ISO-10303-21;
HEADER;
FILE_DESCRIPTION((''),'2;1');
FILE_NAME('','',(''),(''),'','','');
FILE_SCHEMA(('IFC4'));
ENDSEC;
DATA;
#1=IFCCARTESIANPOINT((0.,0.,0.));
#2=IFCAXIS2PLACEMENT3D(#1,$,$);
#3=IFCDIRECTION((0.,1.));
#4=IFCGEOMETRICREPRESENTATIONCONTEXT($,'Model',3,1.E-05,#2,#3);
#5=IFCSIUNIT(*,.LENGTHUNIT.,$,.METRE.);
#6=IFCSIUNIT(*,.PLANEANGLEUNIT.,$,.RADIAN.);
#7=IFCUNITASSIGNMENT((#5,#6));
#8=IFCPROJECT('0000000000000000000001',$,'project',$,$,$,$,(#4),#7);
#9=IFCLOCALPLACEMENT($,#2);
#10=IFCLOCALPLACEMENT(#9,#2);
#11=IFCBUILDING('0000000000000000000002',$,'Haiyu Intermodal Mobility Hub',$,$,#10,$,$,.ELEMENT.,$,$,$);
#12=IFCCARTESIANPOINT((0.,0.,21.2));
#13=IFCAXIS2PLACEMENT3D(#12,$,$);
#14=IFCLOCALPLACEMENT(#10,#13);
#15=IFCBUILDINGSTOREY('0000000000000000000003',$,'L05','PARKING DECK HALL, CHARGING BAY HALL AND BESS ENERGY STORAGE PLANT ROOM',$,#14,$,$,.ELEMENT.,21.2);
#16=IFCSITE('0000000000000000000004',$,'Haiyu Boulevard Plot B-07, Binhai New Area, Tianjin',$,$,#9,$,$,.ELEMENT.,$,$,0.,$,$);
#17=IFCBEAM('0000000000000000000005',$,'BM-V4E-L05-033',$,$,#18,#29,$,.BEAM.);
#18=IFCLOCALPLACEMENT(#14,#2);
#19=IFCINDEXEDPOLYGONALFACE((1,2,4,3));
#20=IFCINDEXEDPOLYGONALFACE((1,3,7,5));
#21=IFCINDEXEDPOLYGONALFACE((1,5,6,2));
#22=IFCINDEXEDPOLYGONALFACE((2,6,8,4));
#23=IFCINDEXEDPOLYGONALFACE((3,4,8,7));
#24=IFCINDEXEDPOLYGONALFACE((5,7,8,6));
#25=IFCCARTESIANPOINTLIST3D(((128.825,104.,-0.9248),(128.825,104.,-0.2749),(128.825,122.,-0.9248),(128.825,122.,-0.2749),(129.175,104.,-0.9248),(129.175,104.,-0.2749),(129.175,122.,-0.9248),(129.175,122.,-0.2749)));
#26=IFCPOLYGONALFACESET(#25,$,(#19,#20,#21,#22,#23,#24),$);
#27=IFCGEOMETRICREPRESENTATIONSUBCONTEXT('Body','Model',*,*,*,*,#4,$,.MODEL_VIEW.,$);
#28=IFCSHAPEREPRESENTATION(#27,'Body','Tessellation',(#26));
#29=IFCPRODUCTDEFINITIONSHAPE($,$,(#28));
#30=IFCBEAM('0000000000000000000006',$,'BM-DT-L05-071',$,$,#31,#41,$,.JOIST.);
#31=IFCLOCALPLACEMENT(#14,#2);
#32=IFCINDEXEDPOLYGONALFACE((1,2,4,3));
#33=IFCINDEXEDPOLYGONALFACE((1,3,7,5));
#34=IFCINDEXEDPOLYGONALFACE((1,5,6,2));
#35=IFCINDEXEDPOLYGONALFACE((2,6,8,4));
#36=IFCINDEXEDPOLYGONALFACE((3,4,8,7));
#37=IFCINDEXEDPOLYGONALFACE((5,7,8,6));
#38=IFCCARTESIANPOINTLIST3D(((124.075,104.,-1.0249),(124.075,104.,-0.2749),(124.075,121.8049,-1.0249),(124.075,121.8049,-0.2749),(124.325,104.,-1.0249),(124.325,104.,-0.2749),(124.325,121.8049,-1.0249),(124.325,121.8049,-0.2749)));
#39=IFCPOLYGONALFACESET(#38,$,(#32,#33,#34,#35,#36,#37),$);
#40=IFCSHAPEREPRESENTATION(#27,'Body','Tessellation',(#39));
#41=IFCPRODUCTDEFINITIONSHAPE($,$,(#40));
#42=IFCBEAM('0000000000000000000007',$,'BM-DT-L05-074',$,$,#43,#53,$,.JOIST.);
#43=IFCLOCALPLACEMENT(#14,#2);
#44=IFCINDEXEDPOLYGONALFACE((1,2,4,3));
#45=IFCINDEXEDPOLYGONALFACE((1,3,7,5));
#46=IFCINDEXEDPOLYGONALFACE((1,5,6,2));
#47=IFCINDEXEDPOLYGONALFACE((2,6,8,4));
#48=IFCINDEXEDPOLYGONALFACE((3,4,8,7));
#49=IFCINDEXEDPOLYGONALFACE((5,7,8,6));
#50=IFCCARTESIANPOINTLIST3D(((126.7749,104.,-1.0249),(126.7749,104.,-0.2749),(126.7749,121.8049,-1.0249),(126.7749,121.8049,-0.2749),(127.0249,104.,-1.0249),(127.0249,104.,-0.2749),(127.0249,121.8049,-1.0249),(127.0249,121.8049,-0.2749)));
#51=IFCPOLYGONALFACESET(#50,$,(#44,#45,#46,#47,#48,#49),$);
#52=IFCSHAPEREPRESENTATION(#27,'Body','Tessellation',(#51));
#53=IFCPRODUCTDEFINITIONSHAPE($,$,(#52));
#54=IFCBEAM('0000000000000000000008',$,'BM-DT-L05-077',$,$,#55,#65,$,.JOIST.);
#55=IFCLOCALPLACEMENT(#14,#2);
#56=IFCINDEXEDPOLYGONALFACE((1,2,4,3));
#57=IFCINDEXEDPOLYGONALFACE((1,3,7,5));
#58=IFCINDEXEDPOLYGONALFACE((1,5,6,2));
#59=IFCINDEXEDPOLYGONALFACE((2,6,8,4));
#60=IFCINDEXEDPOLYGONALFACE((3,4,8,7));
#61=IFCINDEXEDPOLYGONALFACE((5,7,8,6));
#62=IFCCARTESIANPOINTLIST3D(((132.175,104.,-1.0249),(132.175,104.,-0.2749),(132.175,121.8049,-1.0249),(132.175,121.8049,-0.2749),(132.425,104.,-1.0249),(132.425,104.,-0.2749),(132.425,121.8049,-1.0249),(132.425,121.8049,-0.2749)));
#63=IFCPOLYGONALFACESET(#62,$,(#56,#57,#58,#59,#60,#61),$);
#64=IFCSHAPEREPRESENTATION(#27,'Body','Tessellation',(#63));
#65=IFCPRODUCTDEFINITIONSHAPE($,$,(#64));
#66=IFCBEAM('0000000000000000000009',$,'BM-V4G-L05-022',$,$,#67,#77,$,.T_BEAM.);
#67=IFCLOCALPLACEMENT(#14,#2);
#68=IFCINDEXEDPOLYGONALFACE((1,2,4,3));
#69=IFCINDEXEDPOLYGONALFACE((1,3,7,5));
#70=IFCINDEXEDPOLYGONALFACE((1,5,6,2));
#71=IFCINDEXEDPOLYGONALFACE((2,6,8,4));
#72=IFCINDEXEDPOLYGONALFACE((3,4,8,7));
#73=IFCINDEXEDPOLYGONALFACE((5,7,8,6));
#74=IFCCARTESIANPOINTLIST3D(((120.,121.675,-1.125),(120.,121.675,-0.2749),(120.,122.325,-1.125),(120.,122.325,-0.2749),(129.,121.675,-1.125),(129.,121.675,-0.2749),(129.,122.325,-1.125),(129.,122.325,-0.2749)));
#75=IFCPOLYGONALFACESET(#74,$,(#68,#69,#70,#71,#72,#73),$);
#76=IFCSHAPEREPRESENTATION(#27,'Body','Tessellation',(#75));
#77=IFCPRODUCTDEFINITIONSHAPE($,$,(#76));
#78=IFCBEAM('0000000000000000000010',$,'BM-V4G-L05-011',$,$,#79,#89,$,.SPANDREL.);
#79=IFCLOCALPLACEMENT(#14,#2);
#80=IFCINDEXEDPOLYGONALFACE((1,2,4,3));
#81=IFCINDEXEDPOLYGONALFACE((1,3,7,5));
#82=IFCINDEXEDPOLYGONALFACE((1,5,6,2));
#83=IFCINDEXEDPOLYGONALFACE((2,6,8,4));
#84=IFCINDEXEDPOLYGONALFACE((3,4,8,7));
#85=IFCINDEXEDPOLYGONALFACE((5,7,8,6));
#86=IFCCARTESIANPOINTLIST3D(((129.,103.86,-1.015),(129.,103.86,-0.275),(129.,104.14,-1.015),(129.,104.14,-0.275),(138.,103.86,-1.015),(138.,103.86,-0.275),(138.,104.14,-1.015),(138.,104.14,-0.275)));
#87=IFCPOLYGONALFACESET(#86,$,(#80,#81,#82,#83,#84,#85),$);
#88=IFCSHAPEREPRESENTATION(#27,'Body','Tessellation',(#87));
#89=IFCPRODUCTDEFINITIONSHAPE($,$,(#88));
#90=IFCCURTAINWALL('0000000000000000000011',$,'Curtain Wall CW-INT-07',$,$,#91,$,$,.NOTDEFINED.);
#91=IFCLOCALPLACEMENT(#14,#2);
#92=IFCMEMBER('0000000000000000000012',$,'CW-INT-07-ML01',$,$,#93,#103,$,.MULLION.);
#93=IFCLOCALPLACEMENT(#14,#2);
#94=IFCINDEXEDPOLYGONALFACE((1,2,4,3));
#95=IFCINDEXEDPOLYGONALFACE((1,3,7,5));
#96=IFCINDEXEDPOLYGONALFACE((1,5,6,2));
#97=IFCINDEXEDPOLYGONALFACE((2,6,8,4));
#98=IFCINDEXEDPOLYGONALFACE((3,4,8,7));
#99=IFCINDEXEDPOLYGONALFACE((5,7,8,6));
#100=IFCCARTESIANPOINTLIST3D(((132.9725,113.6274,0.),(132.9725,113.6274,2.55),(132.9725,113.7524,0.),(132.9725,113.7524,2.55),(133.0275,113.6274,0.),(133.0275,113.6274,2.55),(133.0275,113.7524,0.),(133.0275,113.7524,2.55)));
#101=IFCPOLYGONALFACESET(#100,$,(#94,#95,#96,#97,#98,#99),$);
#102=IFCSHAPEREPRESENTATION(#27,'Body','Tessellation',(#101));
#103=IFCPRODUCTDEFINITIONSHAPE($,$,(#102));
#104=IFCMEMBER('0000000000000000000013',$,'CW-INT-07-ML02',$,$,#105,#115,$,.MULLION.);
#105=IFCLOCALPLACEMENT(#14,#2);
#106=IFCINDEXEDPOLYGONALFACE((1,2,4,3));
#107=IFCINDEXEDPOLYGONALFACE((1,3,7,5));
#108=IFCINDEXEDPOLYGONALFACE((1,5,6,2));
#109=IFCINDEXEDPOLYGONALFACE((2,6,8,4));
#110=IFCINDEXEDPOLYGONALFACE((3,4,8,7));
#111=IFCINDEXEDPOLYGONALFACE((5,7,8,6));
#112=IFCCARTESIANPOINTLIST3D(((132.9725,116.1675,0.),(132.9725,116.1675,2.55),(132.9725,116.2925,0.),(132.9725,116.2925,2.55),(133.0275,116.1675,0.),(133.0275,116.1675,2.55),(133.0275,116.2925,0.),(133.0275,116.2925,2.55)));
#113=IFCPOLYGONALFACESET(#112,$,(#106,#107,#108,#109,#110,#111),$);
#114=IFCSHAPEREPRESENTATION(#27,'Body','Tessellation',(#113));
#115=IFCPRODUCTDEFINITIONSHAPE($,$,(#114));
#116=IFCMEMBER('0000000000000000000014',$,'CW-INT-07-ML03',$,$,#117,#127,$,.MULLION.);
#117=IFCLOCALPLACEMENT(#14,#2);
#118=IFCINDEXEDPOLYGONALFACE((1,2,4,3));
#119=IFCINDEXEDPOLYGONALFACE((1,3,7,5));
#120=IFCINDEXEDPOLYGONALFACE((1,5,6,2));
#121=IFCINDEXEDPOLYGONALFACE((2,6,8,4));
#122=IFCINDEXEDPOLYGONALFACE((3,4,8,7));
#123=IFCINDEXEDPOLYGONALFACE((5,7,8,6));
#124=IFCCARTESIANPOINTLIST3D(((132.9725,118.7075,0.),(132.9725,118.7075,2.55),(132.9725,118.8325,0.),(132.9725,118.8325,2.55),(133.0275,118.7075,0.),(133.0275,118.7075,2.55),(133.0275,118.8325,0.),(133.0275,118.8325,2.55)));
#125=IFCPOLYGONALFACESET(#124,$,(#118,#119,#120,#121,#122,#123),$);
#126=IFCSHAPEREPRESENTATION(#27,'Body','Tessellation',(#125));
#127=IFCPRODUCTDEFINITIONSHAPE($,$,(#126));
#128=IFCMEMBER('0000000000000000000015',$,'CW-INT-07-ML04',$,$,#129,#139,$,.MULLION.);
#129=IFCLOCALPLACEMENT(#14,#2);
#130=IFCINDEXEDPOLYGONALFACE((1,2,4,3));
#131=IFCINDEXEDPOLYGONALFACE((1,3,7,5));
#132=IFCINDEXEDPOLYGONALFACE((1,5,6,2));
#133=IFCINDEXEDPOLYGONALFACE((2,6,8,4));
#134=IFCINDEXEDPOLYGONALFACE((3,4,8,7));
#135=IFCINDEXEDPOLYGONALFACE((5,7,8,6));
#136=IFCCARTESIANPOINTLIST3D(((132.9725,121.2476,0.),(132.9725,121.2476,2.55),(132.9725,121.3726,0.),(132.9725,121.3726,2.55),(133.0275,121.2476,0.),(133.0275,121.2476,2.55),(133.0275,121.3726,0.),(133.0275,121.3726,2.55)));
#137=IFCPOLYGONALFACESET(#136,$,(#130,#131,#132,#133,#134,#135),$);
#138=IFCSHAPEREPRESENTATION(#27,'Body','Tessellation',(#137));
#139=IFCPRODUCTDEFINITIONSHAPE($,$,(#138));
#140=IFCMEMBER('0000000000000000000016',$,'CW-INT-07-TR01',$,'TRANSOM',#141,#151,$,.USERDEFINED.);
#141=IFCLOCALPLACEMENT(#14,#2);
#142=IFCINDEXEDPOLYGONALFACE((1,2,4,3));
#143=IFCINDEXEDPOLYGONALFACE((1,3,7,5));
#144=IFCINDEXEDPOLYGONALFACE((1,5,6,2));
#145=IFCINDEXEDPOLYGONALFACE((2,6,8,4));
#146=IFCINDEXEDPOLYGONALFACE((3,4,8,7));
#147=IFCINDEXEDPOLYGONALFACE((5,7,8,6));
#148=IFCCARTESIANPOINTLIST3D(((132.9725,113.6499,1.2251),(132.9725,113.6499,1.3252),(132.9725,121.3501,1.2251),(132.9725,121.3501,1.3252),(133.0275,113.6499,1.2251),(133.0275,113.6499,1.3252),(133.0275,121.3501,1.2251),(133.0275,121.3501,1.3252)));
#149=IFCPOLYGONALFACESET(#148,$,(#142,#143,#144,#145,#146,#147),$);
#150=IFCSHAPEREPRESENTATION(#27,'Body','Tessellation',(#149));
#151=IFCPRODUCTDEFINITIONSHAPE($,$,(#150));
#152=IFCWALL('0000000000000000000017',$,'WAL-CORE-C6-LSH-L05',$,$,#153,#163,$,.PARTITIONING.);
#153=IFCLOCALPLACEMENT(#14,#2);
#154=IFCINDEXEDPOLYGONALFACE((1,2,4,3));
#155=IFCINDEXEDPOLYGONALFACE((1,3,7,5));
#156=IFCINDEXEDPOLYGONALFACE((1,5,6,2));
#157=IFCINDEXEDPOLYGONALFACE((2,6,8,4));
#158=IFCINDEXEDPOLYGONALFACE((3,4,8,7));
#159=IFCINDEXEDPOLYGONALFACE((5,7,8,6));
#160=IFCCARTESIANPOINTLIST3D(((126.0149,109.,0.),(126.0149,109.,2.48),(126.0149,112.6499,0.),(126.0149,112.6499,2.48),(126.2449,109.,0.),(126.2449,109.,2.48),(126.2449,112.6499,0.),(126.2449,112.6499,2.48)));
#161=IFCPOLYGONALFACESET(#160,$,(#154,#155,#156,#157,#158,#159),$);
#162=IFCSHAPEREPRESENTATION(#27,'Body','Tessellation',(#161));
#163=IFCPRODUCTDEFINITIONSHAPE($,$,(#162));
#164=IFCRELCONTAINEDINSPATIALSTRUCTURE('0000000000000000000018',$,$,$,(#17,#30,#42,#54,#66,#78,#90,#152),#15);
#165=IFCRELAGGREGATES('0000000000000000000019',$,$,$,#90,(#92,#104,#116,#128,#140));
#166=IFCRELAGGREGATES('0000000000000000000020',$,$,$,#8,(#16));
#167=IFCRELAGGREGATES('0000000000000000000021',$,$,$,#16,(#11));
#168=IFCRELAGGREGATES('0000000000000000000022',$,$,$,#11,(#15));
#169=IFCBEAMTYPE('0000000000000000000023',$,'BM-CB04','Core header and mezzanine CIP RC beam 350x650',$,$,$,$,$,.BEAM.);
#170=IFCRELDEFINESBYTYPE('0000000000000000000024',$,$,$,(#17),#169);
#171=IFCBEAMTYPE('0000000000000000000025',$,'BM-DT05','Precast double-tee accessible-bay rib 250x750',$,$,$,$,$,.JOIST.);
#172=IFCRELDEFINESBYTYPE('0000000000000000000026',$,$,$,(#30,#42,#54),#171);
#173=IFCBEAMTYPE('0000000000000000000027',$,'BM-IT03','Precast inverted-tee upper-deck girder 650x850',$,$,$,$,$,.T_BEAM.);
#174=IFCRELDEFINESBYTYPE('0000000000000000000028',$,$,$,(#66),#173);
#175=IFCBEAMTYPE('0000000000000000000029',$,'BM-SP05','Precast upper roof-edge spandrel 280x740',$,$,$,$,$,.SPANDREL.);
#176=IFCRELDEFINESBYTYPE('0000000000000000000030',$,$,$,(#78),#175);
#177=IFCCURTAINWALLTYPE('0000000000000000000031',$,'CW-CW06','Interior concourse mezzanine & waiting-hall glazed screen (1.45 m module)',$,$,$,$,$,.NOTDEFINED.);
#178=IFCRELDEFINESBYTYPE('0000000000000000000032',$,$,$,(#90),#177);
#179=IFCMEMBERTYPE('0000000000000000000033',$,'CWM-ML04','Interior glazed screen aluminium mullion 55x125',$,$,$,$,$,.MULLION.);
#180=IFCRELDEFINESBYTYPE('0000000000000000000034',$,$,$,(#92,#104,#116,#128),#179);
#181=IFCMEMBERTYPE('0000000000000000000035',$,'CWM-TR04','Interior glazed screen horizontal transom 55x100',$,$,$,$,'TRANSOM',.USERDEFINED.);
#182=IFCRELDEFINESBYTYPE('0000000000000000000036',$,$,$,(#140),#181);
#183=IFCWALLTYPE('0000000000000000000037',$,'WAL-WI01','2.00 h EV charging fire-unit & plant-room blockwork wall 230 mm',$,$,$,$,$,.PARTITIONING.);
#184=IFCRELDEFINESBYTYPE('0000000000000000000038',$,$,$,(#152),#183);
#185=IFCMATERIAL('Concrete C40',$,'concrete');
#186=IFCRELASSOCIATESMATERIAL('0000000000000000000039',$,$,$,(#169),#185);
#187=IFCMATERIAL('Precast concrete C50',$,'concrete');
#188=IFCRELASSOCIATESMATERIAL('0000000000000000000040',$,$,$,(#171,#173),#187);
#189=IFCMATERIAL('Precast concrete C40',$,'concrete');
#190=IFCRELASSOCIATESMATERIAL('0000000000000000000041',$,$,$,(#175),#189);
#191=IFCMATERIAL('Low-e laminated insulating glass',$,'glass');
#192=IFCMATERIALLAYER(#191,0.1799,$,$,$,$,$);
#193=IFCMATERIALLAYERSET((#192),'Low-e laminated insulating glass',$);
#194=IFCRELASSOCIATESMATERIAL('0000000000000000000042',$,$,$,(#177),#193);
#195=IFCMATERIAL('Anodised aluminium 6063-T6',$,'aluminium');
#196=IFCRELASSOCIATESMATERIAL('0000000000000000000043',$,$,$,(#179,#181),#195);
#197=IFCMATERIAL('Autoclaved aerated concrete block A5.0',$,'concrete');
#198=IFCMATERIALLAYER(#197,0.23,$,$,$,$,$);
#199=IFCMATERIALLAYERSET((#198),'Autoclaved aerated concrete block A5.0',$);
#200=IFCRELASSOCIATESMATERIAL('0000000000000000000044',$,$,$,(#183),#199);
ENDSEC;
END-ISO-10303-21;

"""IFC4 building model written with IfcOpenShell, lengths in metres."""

from ifc_helpers import new_model, si_unit, direction, frame, frame_2d, origin, origin_2d, place, context, subcontext, project, spatial, rectangle, extrude, material, layer, layer_set, material_profile, profile_set, type_object, element, aggregate, save


model = new_model("IFC4")

# Units and contexts
model_context = context("Model", 3, precision=1e-05, world=origin(), true_north=direction((0.0, 1.0)))
body_context = subcontext(model_context, "Body", "Model", "MODEL_VIEW")
ifc_project = project(units=[si_unit("LENGTHUNIT", "METRE"), si_unit("PLANEANGLEUNIT", "RADIAN")], contexts=[model_context])

# Site, building, storey
site_placement = place(None, origin())
site = spatial("IfcSite", under=ifc_project, at=site_placement, Name="Haiyu Boulevard Plot B-07, Binhai New Area, Tianjin", CompositionType="ELEMENT", RefElevation=0.0)
building_placement = place(site_placement, origin())
building = spatial("IfcBuilding", under=site, at=building_placement, Name="Haiyu Intermodal Mobility Hub", CompositionType="ELEMENT")
storey_placement = place(building_placement, frame((0.0, 0.0, 21.2)))
storey = spatial("IfcBuildingStorey", under=building, at=storey_placement, Name="L05", Description="PARKING DECK HALL, CHARGING BAY HALL AND BESS ENERGY STORAGE PLANT ROOM", CompositionType="ELEMENT", Elevation=21.2)

# Beams
ifc_material_1 = material(Name="Concrete C40", Category="concrete")
ifc_material_profile_1 = material_profile(ifc_material_1, rectangle(XDim=0.3501, YDim=0.6499, at=origin_2d()), Name="RCB350x650")
ifc_profile_set_1 = profile_set([ifc_material_profile_1], Name="Concrete C40")
beam_type_1 = type_object("IfcBeamType", Name="BM-CB04", Description="Core header and mezzanine CIP RC beam 350x650", PredefinedType="BEAM", material=ifc_profile_set_1)
beam_1_placement = place(storey_placement, frame((129.0, 104.0, -0.5999), z_axis=(0.0, 1.0, 0.0), x_axis=(-1.0, 0.0, 0.0)))
element("IfcBeam", 1, at=beam_1_placement, inside=storey, type_object=beam_type_1, Name="BM-V4E-L05-033", PredefinedType="BEAM", context=body_context, shape_type="SweptSolid", body=[
    extrude(rectangle(XDim=0.3501, YDim=0.6499, at=origin_2d()), origin(), (0.0, 0.0, 1.0), 18.0),
])
ifc_material_2 = material(Name="Precast concrete C50", Category="concrete")
ifc_material_profile_2 = material_profile(ifc_material_2, rectangle(XDim=0.25, YDim=0.75, at=origin_2d()), Name="B250x750")
ifc_profile_set_2 = profile_set([ifc_material_profile_2], Name="Precast concrete C50")
beam_type_2 = type_object("IfcBeamType", Name="BM-DT05", Description="Precast double-tee accessible-bay rib 250x750", PredefinedType="JOIST", material=ifc_profile_set_2)
for number, where, z_axis, x_axis, name in (
    (2, (124.2, 104.0, -0.6499), (0.0, 1.0, 0.0), (-1.0, 0.0, 0.0), "BM-DT-L05-071"),
    (3, (126.8999, 104.0, -0.6499), (0.0, 1.0, 0.0), (-1.0, 0.0, 0.0), "BM-DT-L05-074"),
    (4, (132.3, 104.0, -0.6499), (0.0, 1.0, 0.0), (-1.0, 0.0, 0.0), "BM-DT-L05-077"),
):
    element("IfcBeam", number, at=place(storey_placement, frame(where, z_axis=z_axis, x_axis=x_axis)), inside=storey, type_object=beam_type_2, Name=name, PredefinedType="JOIST", context=body_context, shape_type="SweptSolid", body=[
        extrude(rectangle(XDim=0.25, YDim=0.75, at=origin_2d()), origin(), (0.0, 0.0, 1.0), 17.8049),
    ])
ifc_material_profile_3 = material_profile(ifc_material_2, rectangle(XDim=0.6499, YDim=0.8501, at=origin_2d()), Name="PC650x850")
ifc_profile_set_3 = profile_set([ifc_material_profile_3], Name="Precast concrete C50")
beam_type_3 = type_object("IfcBeamType", Name="BM-IT03", Description="Precast inverted-tee upper-deck girder 650x850", PredefinedType="T_BEAM", material=ifc_profile_set_3)
beam_2_placement = place(storey_placement, frame((120.0, 122.0, -0.7), z_axis=(1.0, 0.0, 0.0), x_axis=(0.0, 1.0, 0.0)))
element("IfcBeam", 5, at=beam_2_placement, inside=storey, type_object=beam_type_3, Name="BM-V4G-L05-022", PredefinedType="T_BEAM", context=body_context, shape_type="SweptSolid", body=[
    extrude(rectangle(XDim=0.6499, YDim=0.8501, at=origin_2d()), origin(), (0.0, 0.0, 1.0), 9.0),
])
ifc_material_3 = material(Name="Precast concrete C40", Category="concrete")
ifc_material_profile_4 = material_profile(ifc_material_3, rectangle(XDim=0.28, YDim=0.74, at=origin_2d()), Name="B280x740")
ifc_profile_set_4 = profile_set([ifc_material_profile_4], Name="Precast concrete C40")
beam_type_4 = type_object("IfcBeamType", Name="BM-SP05", Description="Precast upper roof-edge spandrel 280x740", PredefinedType="SPANDREL", material=ifc_profile_set_4)
beam_3_placement = place(storey_placement, frame((129.0, 104.0, -0.645), z_axis=(1.0, 0.0, 0.0), x_axis=(0.0, 1.0, 0.0)))
element("IfcBeam", 6, at=beam_3_placement, inside=storey, type_object=beam_type_4, Name="BM-V4G-L05-011", PredefinedType="SPANDREL", context=body_context, shape_type="SweptSolid", body=[
    extrude(rectangle(XDim=0.28, YDim=0.74, at=origin_2d()), origin(), (0.0, 0.0, 1.0), 9.0),
])

# Curtain wall, members
ifc_material_4 = material(Name="Low-e laminated insulating glass", Category="glass")
ifc_layer_1 = layer(ifc_material_4, 0.1799)
ifc_layer_set_1 = layer_set([ifc_layer_1], Name="Low-e laminated insulating glass")
curtain_wall_type = type_object("IfcCurtainWallType", Name="CW-CW06", Description="Interior concourse mezzanine & waiting-hall glazed screen (1.45 m module)", PredefinedType="NOTDEFINED", material=ifc_layer_set_1)
curtain_wall_placement = place(storey_placement, origin())
curtain_wall = element("IfcCurtainWall", 7, at=curtain_wall_placement, inside=storey, type_object=curtain_wall_type, Name="Curtain Wall CW-INT-07", PredefinedType="NOTDEFINED")
ifc_material_5 = material(Name="Anodised aluminium 6063-T6", Category="aluminium")
ifc_material_profile_5 = material_profile(ifc_material_5, rectangle(XDim=0.0549, YDim=0.125, at=origin_2d()), Name="ALU55x125")
ifc_profile_set_5 = profile_set([ifc_material_profile_5], Name="Anodised aluminium 6063-T6")
member_type_1 = type_object("IfcMemberType", Name="CWM-ML04", Description="Interior glazed screen aluminium mullion 55x125", PredefinedType="MULLION", material=ifc_profile_set_5)
member_1_placement = place(storey_placement, frame((133.0, 113.6899, 0.0), z_axis=(0.0, 0.0, 1.0), x_axis=(1.0, 0.0, 0.0)))
member_1 = element("IfcMember", 8, at=member_1_placement, type_object=member_type_1, Name="CW-INT-07-ML01", PredefinedType="MULLION", context=body_context, shape_type="SweptSolid", body=[
    extrude(rectangle(XDim=0.0549, YDim=0.125, at=origin_2d()), origin(), (0.0, 0.0, 1.0), 2.55),
])
member_2_placement = place(storey_placement, frame((133.0, 116.23, 0.0), z_axis=(0.0, 0.0, 1.0), x_axis=(1.0, 0.0, 0.0)))
member_2 = element("IfcMember", 9, at=member_2_placement, type_object=member_type_1, Name="CW-INT-07-ML02", PredefinedType="MULLION", context=body_context, shape_type="SweptSolid", body=[
    extrude(rectangle(XDim=0.0549, YDim=0.125, at=origin_2d()), origin(), (0.0, 0.0, 1.0), 2.55),
])
member_3_placement = place(storey_placement, frame((133.0, 118.77, 0.0), z_axis=(0.0, 0.0, 1.0), x_axis=(1.0, 0.0, 0.0)))
member_3 = element("IfcMember", 10, at=member_3_placement, type_object=member_type_1, Name="CW-INT-07-ML03", PredefinedType="MULLION", context=body_context, shape_type="SweptSolid", body=[
    extrude(rectangle(XDim=0.0549, YDim=0.125, at=origin_2d()), origin(), (0.0, 0.0, 1.0), 2.55),
])
member_4_placement = place(storey_placement, frame((133.0, 121.3101, 0.0), z_axis=(0.0, 0.0, 1.0), x_axis=(1.0, 0.0, 0.0)))
member_4 = element("IfcMember", 11, at=member_4_placement, type_object=member_type_1, Name="CW-INT-07-ML04", PredefinedType="MULLION", context=body_context, shape_type="SweptSolid", body=[
    extrude(rectangle(XDim=0.0549, YDim=0.125, at=origin_2d()), origin(), (0.0, 0.0, 1.0), 2.55),
])
ifc_material_profile_6 = material_profile(ifc_material_5, rectangle(XDim=0.0549, YDim=0.1001, at=origin_2d()), Name="ALU55x100")
ifc_profile_set_6 = profile_set([ifc_material_profile_6], Name="Anodised aluminium 6063-T6")
member_type_2 = type_object("IfcMemberType", Name="CWM-TR04", Description="Interior glazed screen horizontal transom 55x100", ElementType="TRANSOM", PredefinedType="USERDEFINED", material=ifc_profile_set_6)
member_5_placement = place(storey_placement, frame((133.0, 113.6499, 1.2751), z_axis=(0.0, 1.0, 0.0), x_axis=(-1.0, 0.0, 0.0)))
member_5 = element("IfcMember", 12, at=member_5_placement, type_object=member_type_2, Name="CW-INT-07-TR01", ObjectType="TRANSOM", PredefinedType="USERDEFINED", context=body_context, shape_type="SweptSolid", body=[
    extrude(rectangle(XDim=0.0549, YDim=0.1001, at=origin_2d()), origin(), (0.0, 0.0, 1.0), 7.7002),
])
aggregate(curtain_wall, [member_1, member_2, member_3, member_4, member_5])

# Wall
ifc_material_6 = material(Name="Autoclaved aerated concrete block A5.0", Category="concrete")
ifc_layer_2 = layer(ifc_material_6, 0.23)
ifc_layer_set_2 = layer_set([ifc_layer_2], Name="Autoclaved aerated concrete block A5.0")
wall_type_1 = type_object("IfcWallType", Name="WAL-WI01", Description="2.00 h EV charging fire-unit & plant-room blockwork wall 230 mm", PredefinedType="PARTITIONING", material=ifc_layer_set_2)
wall_1_placement = place(storey_placement, frame((126.1299, 109.0, 0.0), z_axis=(0.0, 0.0, 1.0), x_axis=(0.0, 1.0, 0.0)))
element("IfcWall", 13, at=wall_1_placement, inside=storey, type_object=wall_type_1, Name="WAL-CORE-C6-LSH-L05", PredefinedType="PARTITIONING", context=body_context, shape_type="SweptSolid", body=[
    extrude(rectangle(XDim=3.6499, YDim=0.23, at=frame_2d((1.825, 0.0))), origin(), (0.0, 0.0, 1.0), 2.48),
])

save(model, "model.ifc")
